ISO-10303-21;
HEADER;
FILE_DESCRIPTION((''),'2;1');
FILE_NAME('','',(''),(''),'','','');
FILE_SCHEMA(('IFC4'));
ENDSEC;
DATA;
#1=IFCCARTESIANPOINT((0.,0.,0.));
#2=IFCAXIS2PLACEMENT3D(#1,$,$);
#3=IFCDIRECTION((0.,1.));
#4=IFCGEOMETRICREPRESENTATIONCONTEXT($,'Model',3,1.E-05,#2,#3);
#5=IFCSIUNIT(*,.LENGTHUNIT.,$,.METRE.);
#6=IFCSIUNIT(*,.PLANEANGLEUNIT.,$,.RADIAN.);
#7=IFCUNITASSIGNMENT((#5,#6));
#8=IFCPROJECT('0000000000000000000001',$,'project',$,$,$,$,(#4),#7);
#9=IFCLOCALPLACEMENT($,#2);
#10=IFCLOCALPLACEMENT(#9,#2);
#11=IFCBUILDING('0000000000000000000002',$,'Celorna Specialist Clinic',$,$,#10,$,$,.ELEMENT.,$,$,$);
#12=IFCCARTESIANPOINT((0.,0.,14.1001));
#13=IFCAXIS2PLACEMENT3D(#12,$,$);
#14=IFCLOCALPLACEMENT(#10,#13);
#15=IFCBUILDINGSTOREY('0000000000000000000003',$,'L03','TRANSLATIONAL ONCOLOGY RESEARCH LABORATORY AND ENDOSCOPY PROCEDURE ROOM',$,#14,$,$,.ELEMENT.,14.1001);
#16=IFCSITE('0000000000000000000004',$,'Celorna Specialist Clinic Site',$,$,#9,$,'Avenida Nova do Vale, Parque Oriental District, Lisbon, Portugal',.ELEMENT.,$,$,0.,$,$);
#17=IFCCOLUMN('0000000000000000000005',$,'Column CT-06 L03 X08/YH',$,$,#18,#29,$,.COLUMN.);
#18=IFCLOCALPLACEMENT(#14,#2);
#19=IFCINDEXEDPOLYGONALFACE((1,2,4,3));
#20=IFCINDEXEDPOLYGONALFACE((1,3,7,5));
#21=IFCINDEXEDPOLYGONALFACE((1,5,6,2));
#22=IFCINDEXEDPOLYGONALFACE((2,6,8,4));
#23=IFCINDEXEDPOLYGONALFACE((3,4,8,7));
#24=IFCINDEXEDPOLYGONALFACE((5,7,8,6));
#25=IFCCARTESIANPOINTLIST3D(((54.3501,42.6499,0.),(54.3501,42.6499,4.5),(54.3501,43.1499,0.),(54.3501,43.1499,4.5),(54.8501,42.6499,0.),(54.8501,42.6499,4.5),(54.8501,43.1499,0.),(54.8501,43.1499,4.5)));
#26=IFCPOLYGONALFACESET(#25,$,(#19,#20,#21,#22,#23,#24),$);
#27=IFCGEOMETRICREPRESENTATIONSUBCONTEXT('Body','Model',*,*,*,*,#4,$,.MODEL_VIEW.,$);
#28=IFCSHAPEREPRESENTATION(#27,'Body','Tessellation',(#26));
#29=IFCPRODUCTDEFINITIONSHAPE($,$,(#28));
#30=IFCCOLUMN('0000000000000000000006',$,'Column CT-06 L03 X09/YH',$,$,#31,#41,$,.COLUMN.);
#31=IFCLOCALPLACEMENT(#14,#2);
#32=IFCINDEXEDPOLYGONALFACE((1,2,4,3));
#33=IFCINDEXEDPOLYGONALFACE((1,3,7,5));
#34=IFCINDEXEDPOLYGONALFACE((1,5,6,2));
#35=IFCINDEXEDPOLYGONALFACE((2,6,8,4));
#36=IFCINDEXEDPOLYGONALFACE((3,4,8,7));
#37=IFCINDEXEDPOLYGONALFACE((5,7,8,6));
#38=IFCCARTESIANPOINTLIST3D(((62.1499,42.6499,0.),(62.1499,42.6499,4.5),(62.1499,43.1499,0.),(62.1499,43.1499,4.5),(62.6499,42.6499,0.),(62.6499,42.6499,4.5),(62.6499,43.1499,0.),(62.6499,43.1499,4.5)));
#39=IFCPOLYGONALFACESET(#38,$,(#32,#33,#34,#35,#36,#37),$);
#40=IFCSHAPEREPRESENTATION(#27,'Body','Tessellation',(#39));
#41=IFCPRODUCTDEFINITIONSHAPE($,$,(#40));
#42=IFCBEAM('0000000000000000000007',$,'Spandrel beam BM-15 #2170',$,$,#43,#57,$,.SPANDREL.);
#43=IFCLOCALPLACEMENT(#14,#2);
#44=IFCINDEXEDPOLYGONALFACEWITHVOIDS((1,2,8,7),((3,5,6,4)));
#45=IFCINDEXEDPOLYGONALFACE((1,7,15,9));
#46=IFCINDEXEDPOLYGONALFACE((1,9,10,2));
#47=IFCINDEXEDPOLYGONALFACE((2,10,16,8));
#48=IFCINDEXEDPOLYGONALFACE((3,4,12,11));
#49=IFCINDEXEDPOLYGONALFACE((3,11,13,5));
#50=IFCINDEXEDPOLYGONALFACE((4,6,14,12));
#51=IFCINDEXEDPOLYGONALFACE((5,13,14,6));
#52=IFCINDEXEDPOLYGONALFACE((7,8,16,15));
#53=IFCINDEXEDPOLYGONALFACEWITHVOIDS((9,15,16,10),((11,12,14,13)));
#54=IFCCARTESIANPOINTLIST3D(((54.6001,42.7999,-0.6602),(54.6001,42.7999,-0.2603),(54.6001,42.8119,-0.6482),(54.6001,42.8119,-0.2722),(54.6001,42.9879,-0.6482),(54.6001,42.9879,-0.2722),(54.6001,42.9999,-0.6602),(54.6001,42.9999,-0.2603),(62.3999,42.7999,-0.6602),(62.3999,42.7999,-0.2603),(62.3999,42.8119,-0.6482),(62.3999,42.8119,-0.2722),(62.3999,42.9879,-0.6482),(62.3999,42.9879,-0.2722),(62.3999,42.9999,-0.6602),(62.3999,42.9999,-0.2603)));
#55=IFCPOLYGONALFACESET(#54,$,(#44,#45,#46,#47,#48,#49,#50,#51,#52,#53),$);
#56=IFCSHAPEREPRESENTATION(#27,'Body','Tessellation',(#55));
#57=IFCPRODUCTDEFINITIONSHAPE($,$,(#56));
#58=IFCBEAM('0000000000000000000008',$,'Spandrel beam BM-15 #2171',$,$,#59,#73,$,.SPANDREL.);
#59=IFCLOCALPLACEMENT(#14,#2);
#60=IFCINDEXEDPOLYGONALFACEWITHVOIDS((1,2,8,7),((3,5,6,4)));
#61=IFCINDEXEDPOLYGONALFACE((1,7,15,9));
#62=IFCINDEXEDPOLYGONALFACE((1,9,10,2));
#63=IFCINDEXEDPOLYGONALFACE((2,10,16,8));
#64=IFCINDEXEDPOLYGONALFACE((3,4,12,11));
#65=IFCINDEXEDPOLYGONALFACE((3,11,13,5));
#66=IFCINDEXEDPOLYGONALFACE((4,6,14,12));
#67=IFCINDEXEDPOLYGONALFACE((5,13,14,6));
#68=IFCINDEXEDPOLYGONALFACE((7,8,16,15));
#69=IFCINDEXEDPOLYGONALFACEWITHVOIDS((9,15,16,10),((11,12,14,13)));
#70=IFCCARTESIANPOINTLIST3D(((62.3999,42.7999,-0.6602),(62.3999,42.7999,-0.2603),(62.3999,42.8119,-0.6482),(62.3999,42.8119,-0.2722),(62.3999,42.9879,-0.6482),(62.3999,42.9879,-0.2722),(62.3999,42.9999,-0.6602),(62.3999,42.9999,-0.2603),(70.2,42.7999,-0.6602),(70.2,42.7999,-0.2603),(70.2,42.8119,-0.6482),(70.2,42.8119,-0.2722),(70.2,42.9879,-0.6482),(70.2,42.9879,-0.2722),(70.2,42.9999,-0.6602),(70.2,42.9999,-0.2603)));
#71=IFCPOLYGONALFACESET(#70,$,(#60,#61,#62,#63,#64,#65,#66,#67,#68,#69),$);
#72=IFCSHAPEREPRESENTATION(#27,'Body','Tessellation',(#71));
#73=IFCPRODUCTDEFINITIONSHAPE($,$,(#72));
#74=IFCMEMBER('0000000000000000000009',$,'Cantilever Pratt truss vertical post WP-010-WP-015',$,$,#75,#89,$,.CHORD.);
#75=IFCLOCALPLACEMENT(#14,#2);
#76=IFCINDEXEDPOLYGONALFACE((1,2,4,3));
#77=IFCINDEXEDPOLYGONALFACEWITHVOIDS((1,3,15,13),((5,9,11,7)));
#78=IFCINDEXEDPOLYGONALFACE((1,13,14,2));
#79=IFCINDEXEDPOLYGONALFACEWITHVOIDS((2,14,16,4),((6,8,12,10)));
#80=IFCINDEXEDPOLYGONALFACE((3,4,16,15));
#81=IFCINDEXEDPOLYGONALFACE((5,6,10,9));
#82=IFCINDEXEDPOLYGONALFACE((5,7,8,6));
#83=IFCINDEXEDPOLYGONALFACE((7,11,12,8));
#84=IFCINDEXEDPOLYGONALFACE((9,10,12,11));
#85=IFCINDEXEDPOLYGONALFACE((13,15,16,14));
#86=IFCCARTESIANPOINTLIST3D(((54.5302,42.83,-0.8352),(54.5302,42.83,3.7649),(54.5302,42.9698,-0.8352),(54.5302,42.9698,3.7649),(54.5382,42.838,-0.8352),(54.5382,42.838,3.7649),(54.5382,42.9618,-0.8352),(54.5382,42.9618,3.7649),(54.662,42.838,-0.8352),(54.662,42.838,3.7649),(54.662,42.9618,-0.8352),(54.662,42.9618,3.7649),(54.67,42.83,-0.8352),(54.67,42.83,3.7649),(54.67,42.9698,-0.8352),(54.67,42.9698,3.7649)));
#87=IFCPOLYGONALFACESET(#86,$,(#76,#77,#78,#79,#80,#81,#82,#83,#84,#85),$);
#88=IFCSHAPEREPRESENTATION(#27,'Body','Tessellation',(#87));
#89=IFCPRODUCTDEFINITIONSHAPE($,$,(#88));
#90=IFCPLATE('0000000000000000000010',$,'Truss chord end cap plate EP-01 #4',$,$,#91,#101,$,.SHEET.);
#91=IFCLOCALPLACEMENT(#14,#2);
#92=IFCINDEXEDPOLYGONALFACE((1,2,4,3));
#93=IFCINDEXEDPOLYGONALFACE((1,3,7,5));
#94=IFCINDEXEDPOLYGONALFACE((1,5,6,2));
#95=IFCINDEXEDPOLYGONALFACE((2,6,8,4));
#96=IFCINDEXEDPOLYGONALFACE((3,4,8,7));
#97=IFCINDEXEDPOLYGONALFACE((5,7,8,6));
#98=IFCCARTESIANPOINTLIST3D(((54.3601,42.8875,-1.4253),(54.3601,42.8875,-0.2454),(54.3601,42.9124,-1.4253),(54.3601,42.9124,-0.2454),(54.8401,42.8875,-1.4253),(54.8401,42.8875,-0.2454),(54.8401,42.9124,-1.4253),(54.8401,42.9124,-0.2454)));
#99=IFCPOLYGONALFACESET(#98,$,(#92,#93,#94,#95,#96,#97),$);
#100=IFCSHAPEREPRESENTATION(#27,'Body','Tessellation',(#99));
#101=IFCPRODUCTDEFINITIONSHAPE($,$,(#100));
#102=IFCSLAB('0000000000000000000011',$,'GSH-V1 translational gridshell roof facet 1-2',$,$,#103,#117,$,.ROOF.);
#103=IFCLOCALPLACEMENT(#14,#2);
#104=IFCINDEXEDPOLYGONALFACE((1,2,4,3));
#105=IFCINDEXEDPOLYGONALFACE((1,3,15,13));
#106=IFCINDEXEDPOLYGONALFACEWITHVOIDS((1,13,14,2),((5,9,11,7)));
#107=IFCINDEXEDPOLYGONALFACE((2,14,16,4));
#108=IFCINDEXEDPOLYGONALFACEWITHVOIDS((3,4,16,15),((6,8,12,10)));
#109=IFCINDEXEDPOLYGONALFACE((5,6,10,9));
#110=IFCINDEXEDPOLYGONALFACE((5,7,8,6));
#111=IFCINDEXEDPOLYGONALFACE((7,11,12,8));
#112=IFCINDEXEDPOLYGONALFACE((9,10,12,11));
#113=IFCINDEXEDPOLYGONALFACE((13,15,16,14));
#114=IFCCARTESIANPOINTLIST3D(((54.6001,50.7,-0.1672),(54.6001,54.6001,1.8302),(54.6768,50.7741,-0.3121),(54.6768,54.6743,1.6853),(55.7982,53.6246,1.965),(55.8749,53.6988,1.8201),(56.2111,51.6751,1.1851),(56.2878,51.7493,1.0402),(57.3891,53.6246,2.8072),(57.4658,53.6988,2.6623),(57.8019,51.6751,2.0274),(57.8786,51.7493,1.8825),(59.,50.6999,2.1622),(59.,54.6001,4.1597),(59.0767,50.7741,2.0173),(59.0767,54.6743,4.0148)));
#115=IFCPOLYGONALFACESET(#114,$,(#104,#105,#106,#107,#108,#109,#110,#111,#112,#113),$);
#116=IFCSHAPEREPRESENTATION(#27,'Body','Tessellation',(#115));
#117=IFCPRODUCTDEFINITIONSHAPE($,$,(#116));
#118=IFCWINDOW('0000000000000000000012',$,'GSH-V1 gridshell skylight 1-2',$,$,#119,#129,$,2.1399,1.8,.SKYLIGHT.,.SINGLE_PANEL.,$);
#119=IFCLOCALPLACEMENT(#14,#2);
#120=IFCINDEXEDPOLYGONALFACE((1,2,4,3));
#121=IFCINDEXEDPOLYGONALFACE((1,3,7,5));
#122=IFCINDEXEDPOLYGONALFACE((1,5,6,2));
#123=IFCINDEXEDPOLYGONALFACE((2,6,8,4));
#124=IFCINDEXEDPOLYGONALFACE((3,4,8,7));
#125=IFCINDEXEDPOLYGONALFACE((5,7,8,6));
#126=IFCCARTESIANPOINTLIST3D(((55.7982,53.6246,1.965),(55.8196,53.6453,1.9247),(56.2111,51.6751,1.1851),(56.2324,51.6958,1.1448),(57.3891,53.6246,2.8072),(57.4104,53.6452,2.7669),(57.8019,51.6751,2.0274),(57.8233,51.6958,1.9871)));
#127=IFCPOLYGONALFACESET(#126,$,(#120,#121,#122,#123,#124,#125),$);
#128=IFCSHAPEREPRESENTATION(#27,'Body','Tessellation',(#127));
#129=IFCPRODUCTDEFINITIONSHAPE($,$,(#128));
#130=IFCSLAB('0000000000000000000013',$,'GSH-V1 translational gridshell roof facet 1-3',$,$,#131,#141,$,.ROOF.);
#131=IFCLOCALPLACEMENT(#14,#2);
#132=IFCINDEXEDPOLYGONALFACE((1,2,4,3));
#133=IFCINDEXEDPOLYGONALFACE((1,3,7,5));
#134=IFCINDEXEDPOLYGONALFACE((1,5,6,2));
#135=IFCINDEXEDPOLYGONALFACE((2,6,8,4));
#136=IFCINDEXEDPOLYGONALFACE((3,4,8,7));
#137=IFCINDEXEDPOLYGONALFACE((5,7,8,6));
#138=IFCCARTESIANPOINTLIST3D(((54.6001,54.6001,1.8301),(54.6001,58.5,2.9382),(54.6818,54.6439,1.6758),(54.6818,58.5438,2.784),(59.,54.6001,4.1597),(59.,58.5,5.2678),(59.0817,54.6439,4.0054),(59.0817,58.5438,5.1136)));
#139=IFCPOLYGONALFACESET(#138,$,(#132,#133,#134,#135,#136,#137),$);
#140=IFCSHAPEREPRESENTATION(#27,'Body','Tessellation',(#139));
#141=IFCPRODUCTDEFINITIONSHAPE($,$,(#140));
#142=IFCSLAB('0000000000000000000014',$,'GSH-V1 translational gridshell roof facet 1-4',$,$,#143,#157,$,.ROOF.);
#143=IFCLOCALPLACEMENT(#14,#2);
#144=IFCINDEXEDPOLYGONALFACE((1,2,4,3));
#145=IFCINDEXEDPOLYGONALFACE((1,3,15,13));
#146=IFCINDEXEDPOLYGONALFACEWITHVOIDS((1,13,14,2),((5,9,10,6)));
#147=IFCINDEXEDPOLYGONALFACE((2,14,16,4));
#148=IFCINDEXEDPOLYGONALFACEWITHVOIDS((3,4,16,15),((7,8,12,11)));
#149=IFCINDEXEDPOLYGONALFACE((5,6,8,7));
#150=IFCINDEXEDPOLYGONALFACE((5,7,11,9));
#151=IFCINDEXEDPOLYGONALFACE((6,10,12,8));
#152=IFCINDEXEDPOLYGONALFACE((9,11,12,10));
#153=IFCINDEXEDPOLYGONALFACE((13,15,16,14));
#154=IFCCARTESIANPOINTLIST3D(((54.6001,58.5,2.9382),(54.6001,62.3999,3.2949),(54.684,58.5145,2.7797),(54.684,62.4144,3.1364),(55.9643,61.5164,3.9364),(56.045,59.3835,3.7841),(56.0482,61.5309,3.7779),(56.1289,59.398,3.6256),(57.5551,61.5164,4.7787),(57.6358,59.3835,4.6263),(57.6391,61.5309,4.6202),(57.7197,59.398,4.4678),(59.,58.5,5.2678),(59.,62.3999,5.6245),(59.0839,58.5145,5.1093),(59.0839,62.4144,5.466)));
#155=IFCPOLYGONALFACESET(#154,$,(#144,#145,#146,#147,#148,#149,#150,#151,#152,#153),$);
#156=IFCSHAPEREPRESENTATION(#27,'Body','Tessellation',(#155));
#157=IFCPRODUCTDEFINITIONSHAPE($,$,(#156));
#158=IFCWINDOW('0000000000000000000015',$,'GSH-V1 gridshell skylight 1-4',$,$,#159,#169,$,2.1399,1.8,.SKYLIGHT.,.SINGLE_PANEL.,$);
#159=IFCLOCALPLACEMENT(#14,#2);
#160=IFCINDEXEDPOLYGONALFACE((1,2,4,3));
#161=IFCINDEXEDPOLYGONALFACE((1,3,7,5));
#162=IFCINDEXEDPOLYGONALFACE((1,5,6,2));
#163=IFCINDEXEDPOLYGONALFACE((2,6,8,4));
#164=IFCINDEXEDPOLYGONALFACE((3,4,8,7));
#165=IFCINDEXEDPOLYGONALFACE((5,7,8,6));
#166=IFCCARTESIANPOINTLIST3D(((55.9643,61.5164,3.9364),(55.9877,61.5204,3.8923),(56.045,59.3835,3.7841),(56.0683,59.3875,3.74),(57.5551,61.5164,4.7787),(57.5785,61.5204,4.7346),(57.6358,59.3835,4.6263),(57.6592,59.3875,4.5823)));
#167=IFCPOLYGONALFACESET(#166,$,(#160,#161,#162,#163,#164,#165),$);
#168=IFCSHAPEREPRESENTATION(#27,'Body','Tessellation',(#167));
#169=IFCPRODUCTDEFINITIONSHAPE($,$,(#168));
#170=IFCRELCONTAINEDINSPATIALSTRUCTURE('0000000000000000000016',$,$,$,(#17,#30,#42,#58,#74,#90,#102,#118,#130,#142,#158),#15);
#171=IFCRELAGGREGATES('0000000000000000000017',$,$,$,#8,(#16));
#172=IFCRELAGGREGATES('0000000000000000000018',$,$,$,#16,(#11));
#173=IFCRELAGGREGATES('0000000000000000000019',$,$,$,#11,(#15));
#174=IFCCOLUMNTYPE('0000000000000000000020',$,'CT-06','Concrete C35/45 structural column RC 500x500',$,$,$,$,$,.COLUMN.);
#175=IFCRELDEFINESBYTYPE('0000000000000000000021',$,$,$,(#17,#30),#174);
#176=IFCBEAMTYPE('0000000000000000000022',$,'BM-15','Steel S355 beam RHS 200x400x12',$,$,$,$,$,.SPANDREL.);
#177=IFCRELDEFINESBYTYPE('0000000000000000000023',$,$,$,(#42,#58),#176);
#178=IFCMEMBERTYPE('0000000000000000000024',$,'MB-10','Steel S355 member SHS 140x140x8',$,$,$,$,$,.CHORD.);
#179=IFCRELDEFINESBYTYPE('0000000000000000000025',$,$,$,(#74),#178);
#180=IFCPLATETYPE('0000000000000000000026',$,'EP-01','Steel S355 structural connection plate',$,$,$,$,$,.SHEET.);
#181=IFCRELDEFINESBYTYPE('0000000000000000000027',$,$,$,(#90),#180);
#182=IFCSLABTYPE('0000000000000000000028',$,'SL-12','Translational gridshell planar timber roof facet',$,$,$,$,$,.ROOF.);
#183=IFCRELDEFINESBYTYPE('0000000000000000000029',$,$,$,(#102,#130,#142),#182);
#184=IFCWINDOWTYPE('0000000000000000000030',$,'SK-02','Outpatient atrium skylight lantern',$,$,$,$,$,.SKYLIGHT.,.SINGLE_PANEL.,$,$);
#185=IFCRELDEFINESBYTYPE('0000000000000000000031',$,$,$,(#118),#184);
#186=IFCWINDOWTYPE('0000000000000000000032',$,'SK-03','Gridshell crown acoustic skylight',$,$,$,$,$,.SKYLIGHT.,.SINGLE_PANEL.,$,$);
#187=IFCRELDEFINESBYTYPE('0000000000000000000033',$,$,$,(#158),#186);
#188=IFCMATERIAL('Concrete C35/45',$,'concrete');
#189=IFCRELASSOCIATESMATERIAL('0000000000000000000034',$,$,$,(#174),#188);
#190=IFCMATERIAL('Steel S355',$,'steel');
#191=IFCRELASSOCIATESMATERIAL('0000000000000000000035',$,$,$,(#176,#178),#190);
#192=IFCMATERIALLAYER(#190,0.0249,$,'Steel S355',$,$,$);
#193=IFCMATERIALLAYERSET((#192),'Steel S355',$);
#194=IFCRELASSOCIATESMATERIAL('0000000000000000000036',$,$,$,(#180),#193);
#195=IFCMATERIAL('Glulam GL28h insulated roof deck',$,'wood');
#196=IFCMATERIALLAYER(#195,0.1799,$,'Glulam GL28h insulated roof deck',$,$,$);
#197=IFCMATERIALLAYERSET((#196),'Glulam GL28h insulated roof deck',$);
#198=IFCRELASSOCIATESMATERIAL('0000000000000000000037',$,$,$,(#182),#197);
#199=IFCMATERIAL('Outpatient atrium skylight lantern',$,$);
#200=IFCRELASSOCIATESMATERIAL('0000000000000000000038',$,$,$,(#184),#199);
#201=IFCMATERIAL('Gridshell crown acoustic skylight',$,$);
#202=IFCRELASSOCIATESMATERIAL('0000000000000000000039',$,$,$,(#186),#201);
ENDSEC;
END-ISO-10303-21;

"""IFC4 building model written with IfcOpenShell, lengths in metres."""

from ifc_helpers import new_model, si_unit, direction, frame, origin, origin_2d, place, context, subcontext, project, spatial, polyline, rectangle, hollow_rectangle, outline, extrude, material, layer, layer_set, material_profile, profile_set, type_object, element, fill, save


model = new_model("IFC4")

# Units and contexts
model_context = context("Model", 3, precision=1e-05, world=origin(), true_north=direction((0.0, 1.0)))
body_context = subcontext(model_context, "Body", "Model", "MODEL_VIEW")
ifc_project = project(units=[si_unit("LENGTHUNIT", "METRE"), si_unit("PLANEANGLEUNIT", "RADIAN")], contexts=[model_context])

# Site, building, storey
site_placement = place(None, origin())
site = spatial("IfcSite", under=ifc_project, at=site_placement, Name="Celorna Specialist Clinic Site", LongName="Avenida Nova do Vale, Parque Oriental District, Lisbon, Portugal", CompositionType="ELEMENT", RefElevation=0.0)
building_placement = place(site_placement, origin())
building = spatial("IfcBuilding", under=site, at=building_placement, Name="Celorna Specialist Clinic", CompositionType="ELEMENT")
storey_placement = place(building_placement, frame((0.0, 0.0, 14.1001)))
storey = spatial("IfcBuildingStorey", under=building, at=storey_placement, Name="L03", Description="TRANSLATIONAL ONCOLOGY RESEARCH LABORATORY AND ENDOSCOPY PROCEDURE ROOM", CompositionType="ELEMENT", Elevation=14.1001)

# Columns
ifc_material_1 = material(Name="Concrete C35/45", Category="concrete")
ifc_material_profile_1 = material_profile(ifc_material_1, rectangle(XDim=0.5, YDim=0.5, at=origin_2d()), Name="RC 500x500")
ifc_profile_set_1 = profile_set([ifc_material_profile_1], Name="Concrete C35/45")
column_type = type_object("IfcColumnType", Name="CT-06", Description="Concrete C35/45 structural column RC 500x500", PredefinedType="COLUMN", material=ifc_profile_set_1)
for number, where, z_axis, x_axis, name in (
    (1, (54.6001, 42.8999, 0.0), (0.0, 0.0, 1.0), (1.0, 0.0, 0.0), "Column CT-06 L03 X08/YH"),
    (2, (62.3999, 42.8999, 0.0), (0.0, 0.0, 1.0), (1.0, 0.0, 0.0), "Column CT-06 L03 X09/YH"),
):
    element("IfcColumn", number, at=place(storey_placement, frame(where, z_axis=z_axis, x_axis=x_axis)), inside=storey, type_object=column_type, Name=name, PredefinedType="COLUMN", context=body_context, shape_type="SweptSolid", body=[
        extrude(rectangle(XDim=0.5, YDim=0.5, at=origin_2d()), origin(), (0.0, 0.0, 1.0), 4.5),
    ])

# Beams
ifc_material_2 = material(Name="Steel S355", Category="steel")
ifc_material_profile_2 = material_profile(ifc_material_2, hollow_rectangle(XDim=0.2, YDim=0.3999, WallThickness=0.012, at=origin_2d()), Name="RHS 200x400x12")
ifc_profile_set_2 = profile_set([ifc_material_profile_2], Name="Steel S355")
beam_type = type_object("IfcBeamType", Name="BM-15", Description="Steel S355 beam RHS 200x400x12", PredefinedType="SPANDREL", material=ifc_profile_set_2)
beam_1_placement = place(storey_placement, frame((54.6001, 42.8999, -0.4602), z_axis=(1.0, 0.0, 0.0), x_axis=(0.0, 1.0, 0.0)))
element("IfcBeam", 3, at=beam_1_placement, inside=storey, type_object=beam_type, Name="Spandrel beam BM-15 #2170", PredefinedType="SPANDREL", context=body_context, shape_type="SweptSolid", body=[
    extrude(hollow_rectangle(XDim=0.2, YDim=0.3999, WallThickness=0.012, at=origin_2d()), origin(), (0.0, 0.0, 1.0), 7.7998),
])
beam_2_placement = place(storey_placement, frame((62.3999, 42.8999, -0.4602), z_axis=(1.0, 0.0, 0.0), x_axis=(0.0, 1.0, 0.0)))
element("IfcBeam", 4, at=beam_2_placement, inside=storey, type_object=beam_type, Name="Spandrel beam BM-15 #2171", PredefinedType="SPANDREL", context=body_context, shape_type="SweptSolid", body=[
    extrude(hollow_rectangle(XDim=0.2, YDim=0.3999, WallThickness=0.012, at=origin_2d()), origin(), (0.0, 0.0, 1.0), 7.8),
])

# Member
ifc_material_profile_3 = material_profile(ifc_material_2, hollow_rectangle(XDim=0.1399, YDim=0.1399, WallThickness=0.0081, at=origin_2d()), Name="SHS 140x140x8")
ifc_profile_set_3 = profile_set([ifc_material_profile_3], Name="Steel S355")
member_type = type_object("IfcMemberType", Name="MB-10", Description="Steel S355 member SHS 140x140x8", PredefinedType="CHORD", material=ifc_profile_set_3)
member_placement = place(storey_placement, frame((54.6001, 42.8999, -0.8352), z_axis=(0.0, 0.0, 1.0), x_axis=(1.0, 0.0, 0.0)))
element("IfcMember", 5, at=member_placement, inside=storey, type_object=member_type, Name="Cantilever Pratt truss vertical post WP-010-WP-015", PredefinedType="CHORD", context=body_context, shape_type="SweptSolid", body=[
    extrude(hollow_rectangle(XDim=0.1399, YDim=0.1399, WallThickness=0.0081, at=origin_2d()), origin(), (0.0, 0.0, 1.0), 4.6001),
])

# Plate
ifc_layer_1 = layer(ifc_material_2, 0.0249, Name="Steel S355")
ifc_layer_set_1 = layer_set([ifc_layer_1], Name="Steel S355")
plate_type = type_object("IfcPlateType", Name="EP-01", Description="Steel S355 structural connection plate", PredefinedType="SHEET", material=ifc_layer_set_1)
plate_placement = place(storey_placement, frame((54.6001, 42.8999, -1.4253), z_axis=(0.0, 0.0, 1.0), x_axis=(1.0, 0.0, 0.0)))
element("IfcPlate", 6, at=plate_placement, inside=storey, type_object=plate_type, Name="Truss chord end cap plate EP-01 #4", PredefinedType="SHEET", context=body_context, shape_type="SweptSolid", body=[
    extrude(rectangle(XDim=0.48, YDim=0.0249, at=origin_2d()), origin(), (0.0, 0.0, 1.0), 1.1799),
])

# Slab, opening, window
ifc_material_3 = material(Name="Glulam GL28h insulated roof deck", Category="wood")
ifc_layer_2 = layer(ifc_material_3, 0.1799, Name="Glulam GL28h insulated roof deck")
ifc_layer_set_2 = layer_set([ifc_layer_2], Name="Glulam GL28h insulated roof deck")
slab_type = type_object("IfcSlabType", Name="SL-12", Description="Translational gridshell planar timber roof facet", PredefinedType="ROOF", material=ifc_layer_set_2)
slab_1_placement = place(storey_placement, frame((54.6001, 50.7, -0.1672), z_axis=(-0.426273, -0.41235, 0.805145), x_axis=(0.883781, -0.000008, 0.467901)))
slab_1 = element("IfcSlab", 7, at=slab_1_placement, inside=storey, type_object=slab_type, Name="GSH-V1 translational gridshell roof facet 1-2", PredefinedType="ROOF", context=body_context, shape_type="SweptSolid", body=[
    extrude(outline(polyline([(0.0, 0.0), (4.9785, 0.0), (5.9131, 4.2811), (0.9345, 4.281), (0.0, 0.0)])), origin(), (0.0, 0.0, -1.0), 0.1799),
])
opening_1_placement = place(slab_1_placement, frame((2.9565, 2.1404, 0.01)))
opening_1 = element("IfcOpeningElement", 8, at=opening_1_placement, cuts=slab_1, PredefinedType="OPENING", context=body_context, shape_type="SweptSolid", body=[
    extrude(rectangle(XDim=1.8, YDim=2.1399, at=origin_2d()), origin(), (0.0, 0.0, -1.0), 0.2),
])
ifc_material_4 = material(Name="Outpatient atrium skylight lantern")
window_type_1 = type_object("IfcWindowType", Name="SK-02", Description="Outpatient atrium skylight lantern", PartitioningType="SINGLE_PANEL", PredefinedType="SKYLIGHT", material=ifc_material_4)
window_1_placement = place(opening_1_placement, frame((0.0, 0.0, -0.01)))
window_1 = element("IfcWindow", 9, at=window_1_placement, inside=storey, type_object=window_type_1, Name="GSH-V1 gridshell skylight 1-2", OverallHeight=2.1399, OverallWidth=1.8, PartitioningType="SINGLE_PANEL", PredefinedType="SKYLIGHT", context=body_context, shape_type="SweptSolid", body=[
    extrude(rectangle(XDim=1.8, YDim=2.1399, at=origin_2d()), origin(), (0.0, 0.0, -1.0), 0.05),
])
fill(opening_1, window_1)

# Slab
slab_2_placement = place(storey_placement, frame((54.6001, 54.6001, 1.8301), z_axis=(-0.453833, -0.24356, 0.857155), x_axis=(0.883769, 0.0, 0.467924)))
element("IfcSlab", 10, at=slab_2_placement, inside=storey, type_object=slab_type, Name="GSH-V1 translational gridshell roof facet 1-3", PredefinedType="ROOF", context=body_context, shape_type="SweptSolid", body=[
    extrude(outline(polyline([(0.0, 0.0), (4.9786, 0.0), (5.4971, 4.021), (0.5185, 4.021), (0.0, 0.0)])), origin(), (0.0, 0.0, -1.0), 0.1799),
])

# Slab, opening, window
slab_3_placement = place(storey_placement, frame((54.6001, 58.5, 2.9382), z_axis=(-0.466403, -0.080568, 0.880896), x_axis=(0.883769, 0.0, 0.467924)))
slab_3 = element("IfcSlab", 11, at=slab_3_placement, inside=storey, type_object=slab_type, Name="GSH-V1 translational gridshell roof facet 1-4", PredefinedType="ROOF", context=body_context, shape_type="SweptSolid", body=[
    extrude(outline(polyline([(0.0, 0.0), (4.9786, 0.0), (5.1455, 3.9126), (0.1669, 3.9126), (0.0, 0.0)])), origin(), (0.0, 0.0, -1.0), 0.1799),
])
opening_2_placement = place(slab_3_placement, frame((2.5728, 1.9563, 0.01)))
opening_2 = element("IfcOpeningElement", 12, at=opening_2_placement, cuts=slab_3, PredefinedType="OPENING", context=body_context, shape_type="SweptSolid", body=[
    extrude(rectangle(XDim=1.8, YDim=2.1399, at=origin_2d()), origin(), (0.0, 0.0, -1.0), 0.2),
])
ifc_material_5 = material(Name="Gridshell crown acoustic skylight")
window_type_2 = type_object("IfcWindowType", Name="SK-03", Description="Gridshell crown acoustic skylight", PartitioningType="SINGLE_PANEL", PredefinedType="SKYLIGHT", material=ifc_material_5)
window_2_placement = place(opening_2_placement, frame((0.0, 0.0, -0.01)))
window_2 = element("IfcWindow", 13, at=window_2_placement, inside=storey, type_object=window_type_2, Name="GSH-V1 gridshell skylight 1-4", OverallHeight=2.1399, OverallWidth=1.8, PartitioningType="SINGLE_PANEL", PredefinedType="SKYLIGHT", context=body_context, shape_type="SweptSolid", body=[
    extrude(rectangle(XDim=1.8, YDim=2.1399, at=origin_2d()), origin(), (0.0, 0.0, -1.0), 0.05),
])
fill(opening_2, window_2)

save(model, "model.ifc")
